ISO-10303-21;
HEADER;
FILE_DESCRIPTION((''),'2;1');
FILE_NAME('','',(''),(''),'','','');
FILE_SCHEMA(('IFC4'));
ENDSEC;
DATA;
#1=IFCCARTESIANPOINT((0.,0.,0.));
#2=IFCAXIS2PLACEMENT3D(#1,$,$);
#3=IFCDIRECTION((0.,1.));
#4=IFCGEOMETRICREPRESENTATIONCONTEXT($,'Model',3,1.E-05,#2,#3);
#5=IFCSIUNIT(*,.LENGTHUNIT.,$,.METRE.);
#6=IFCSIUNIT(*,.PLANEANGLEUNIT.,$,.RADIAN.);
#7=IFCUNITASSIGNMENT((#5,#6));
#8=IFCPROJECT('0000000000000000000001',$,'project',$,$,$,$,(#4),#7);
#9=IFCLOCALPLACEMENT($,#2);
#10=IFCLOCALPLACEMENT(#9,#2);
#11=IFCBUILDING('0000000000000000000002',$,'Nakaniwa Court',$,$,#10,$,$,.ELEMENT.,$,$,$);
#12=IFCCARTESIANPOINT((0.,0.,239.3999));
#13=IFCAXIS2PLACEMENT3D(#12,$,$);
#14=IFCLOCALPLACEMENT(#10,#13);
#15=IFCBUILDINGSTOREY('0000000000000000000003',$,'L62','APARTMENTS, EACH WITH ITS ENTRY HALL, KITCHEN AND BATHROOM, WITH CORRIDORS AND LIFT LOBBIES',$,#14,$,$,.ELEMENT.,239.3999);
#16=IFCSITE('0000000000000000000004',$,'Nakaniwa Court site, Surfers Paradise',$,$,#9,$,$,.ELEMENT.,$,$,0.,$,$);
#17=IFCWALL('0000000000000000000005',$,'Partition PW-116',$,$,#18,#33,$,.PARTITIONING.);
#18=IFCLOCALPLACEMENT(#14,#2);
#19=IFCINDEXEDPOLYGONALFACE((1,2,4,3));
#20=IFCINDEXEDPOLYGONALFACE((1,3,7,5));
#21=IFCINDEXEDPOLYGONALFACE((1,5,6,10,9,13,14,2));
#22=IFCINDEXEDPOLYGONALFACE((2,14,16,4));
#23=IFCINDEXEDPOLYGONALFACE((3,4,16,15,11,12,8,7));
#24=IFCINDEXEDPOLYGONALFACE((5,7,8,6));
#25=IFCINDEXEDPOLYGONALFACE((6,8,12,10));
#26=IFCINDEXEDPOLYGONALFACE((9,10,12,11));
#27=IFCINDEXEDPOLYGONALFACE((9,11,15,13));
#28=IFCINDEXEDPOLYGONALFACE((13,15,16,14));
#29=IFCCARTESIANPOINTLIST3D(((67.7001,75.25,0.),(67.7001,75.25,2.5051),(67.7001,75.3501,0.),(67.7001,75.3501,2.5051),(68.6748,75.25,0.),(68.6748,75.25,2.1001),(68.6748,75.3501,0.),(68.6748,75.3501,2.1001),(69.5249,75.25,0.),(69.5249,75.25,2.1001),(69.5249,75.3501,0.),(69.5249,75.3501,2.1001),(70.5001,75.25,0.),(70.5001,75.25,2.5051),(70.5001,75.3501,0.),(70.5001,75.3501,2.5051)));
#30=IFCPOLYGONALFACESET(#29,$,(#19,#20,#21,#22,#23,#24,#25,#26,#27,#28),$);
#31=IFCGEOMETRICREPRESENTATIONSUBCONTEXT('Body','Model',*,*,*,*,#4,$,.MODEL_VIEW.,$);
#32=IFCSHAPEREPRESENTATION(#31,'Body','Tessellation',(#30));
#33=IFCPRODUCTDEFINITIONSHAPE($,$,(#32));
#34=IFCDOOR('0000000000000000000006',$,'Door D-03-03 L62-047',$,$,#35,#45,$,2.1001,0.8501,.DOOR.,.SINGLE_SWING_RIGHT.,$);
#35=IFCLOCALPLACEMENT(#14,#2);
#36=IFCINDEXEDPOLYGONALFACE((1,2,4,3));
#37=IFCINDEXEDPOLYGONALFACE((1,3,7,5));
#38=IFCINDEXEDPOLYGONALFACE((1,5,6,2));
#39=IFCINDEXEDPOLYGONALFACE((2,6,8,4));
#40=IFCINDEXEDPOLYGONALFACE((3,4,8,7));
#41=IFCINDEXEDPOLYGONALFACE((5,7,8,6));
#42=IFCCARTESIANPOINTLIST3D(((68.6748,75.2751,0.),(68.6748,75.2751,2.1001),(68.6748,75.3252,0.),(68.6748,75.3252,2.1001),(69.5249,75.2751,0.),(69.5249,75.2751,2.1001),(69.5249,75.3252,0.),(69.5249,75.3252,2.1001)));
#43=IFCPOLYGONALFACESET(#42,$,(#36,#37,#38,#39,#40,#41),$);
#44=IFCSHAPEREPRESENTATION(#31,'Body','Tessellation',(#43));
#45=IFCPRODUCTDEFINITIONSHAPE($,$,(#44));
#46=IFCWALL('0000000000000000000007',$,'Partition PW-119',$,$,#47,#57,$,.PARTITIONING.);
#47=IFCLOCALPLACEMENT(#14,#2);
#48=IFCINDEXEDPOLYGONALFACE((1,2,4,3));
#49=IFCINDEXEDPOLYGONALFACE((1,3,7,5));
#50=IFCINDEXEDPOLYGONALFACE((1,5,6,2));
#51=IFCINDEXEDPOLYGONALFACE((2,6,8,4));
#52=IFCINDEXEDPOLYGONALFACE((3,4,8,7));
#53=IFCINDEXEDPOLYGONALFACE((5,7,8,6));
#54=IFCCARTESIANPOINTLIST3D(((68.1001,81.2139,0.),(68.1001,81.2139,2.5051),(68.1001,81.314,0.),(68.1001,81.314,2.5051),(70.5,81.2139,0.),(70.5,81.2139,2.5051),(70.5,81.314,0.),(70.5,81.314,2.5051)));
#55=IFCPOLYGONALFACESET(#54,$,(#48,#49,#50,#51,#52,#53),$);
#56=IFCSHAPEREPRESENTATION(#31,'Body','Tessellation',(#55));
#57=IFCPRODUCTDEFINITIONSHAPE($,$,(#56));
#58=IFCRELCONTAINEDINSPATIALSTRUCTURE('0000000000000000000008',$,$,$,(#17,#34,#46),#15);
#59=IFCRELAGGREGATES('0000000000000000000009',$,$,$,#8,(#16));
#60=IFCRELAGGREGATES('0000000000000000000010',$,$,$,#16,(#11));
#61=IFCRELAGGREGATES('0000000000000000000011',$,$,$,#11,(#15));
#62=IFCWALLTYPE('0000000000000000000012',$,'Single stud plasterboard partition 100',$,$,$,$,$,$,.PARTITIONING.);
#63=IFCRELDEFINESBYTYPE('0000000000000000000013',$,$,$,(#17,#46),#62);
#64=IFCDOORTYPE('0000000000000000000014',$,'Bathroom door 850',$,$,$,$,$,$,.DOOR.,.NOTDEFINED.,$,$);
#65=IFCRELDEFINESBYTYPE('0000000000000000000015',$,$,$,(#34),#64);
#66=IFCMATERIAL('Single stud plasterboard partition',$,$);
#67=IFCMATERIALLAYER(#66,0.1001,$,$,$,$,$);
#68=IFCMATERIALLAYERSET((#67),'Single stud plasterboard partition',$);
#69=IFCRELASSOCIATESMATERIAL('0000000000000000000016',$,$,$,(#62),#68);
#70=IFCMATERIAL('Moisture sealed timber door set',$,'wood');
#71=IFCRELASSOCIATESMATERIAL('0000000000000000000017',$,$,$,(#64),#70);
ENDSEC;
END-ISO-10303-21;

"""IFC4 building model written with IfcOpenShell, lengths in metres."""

from ifc_helpers import new_model, si_unit, direction, frame, frame_2d, origin, place, context, subcontext, project, spatial, rectangle, extrude, material, layer, layer_set, type_object, element, fill, save


model = new_model("IFC4")

# Units and contexts
model_context = context("Model", 3, precision=1e-05, world=origin(), true_north=direction((0.0, 1.0)))
body_context = subcontext(model_context, "Body", "Model", "MODEL_VIEW")
ifc_project = project(units=[si_unit("LENGTHUNIT", "METRE"), si_unit("PLANEANGLEUNIT", "RADIAN")], contexts=[model_context])

# Site, building, storey
site_placement = place(None, origin())
site = spatial("IfcSite", under=ifc_project, at=site_placement, Name="Nakaniwa Court site, Surfers Paradise", CompositionType="ELEMENT", RefElevation=0.0)
building_placement = place(site_placement, origin())
building = spatial("IfcBuilding", under=site, at=building_placement, Name="Nakaniwa Court", CompositionType="ELEMENT")
storey_placement = place(building_placement, frame((0.0, 0.0, 239.3999)))
storey = spatial("IfcBuildingStorey", under=building, at=storey_placement, Name="L62", Description="APARTMENTS, EACH WITH ITS ENTRY HALL, KITCHEN AND BATHROOM, WITH CORRIDORS AND LIFT LOBBIES", CompositionType="ELEMENT", Elevation=239.3999)

# Wall, opening, door
ifc_material_1 = material(Name="Single stud plasterboard partition")
ifc_layer_1 = layer(ifc_material_1, 0.1001)
ifc_layer_set_1 = layer_set([ifc_layer_1], Name="Single stud plasterboard partition")
wall_type_1 = type_object("IfcWallType", Name="Single stud plasterboard partition 100", PredefinedType="PARTITIONING", material=ifc_layer_set_1)
wall_1_placement = place(storey_placement, frame((70.5, 75.3, 0.0), z_axis=(0.0, 0.0, 1.0), x_axis=(-1.0, 0.0, 0.0)))
wall_1 = element("IfcWall", 1, at=wall_1_placement, inside=storey, type_object=wall_type_1, Name="Partition PW-116", PredefinedType="PARTITIONING", context=body_context, shape_type="SweptSolid", body=[
    extrude(rectangle(XDim=2.8, YDim=0.1001, at=frame_2d((1.3999, 0.0))), origin(), (0.0, 0.0, 1.0), 2.5051),
])
opening_1_placement = place(wall_1_placement, frame((0.9751, 0.0, 0.0)))
opening_1 = element("IfcOpeningElement", 2, at=opening_1_placement, cuts=wall_1, PredefinedType="OPENING", context=body_context, shape_type="SweptSolid", body=[
    extrude(rectangle(XDim=0.8501, YDim=2.1001, at=frame_2d((0.425, 1.05))), frame((0.0, 0.0601, 0.0), z_axis=(0.0, -1.0, 0.0), x_axis=(1.0, 0.0, 0.0)), (0.0, 0.0, 1.0), 0.1201),
])
ifc_material_2 = material(Name="Moisture sealed timber door set", Category="wood")
door_type_1 = type_object("IfcDoorType", Name="Bathroom door 850", OperationType="NOTDEFINED", PredefinedType="DOOR", material=ifc_material_2)
door_1_placement = place(opening_1_placement, origin())
door_1 = element("IfcDoor", 3, at=door_1_placement, inside=storey, type_object=door_type_1, Name="Door D-03-03 L62-047", OperationType="SINGLE_SWING_RIGHT", OverallHeight=2.1001, OverallWidth=0.8501, PredefinedType="DOOR", context=body_context, shape_type="SweptSolid", body=[
    extrude(rectangle(XDim=0.8501, YDim=2.1001, at=frame_2d((0.425, 1.05))), frame((0.0, 0.0249, 0.0), z_axis=(0.0, -1.0, 0.0), x_axis=(1.0, 0.0, 0.0)), (0.0, 0.0, 1.0), 0.05),
])
fill(opening_1, door_1)

# Wall
wall_2_placement = place(storey_placement, frame((68.1001, 81.2639, 0.0), z_axis=(0.0, 0.0, 1.0), x_axis=(1.0, 0.0, 0.0)))
element("IfcWall", 4, at=wall_2_placement, inside=storey, type_object=wall_type_1, Name="Partition PW-119", PredefinedType="PARTITIONING", context=body_context, shape_type="SweptSolid", body=[
    extrude(rectangle(XDim=2.3999, YDim=0.1001, at=frame_2d((1.2, 0.0))), origin(), (0.0, 0.0, 1.0), 2.5051),
])

save(model, "model.ifc")
